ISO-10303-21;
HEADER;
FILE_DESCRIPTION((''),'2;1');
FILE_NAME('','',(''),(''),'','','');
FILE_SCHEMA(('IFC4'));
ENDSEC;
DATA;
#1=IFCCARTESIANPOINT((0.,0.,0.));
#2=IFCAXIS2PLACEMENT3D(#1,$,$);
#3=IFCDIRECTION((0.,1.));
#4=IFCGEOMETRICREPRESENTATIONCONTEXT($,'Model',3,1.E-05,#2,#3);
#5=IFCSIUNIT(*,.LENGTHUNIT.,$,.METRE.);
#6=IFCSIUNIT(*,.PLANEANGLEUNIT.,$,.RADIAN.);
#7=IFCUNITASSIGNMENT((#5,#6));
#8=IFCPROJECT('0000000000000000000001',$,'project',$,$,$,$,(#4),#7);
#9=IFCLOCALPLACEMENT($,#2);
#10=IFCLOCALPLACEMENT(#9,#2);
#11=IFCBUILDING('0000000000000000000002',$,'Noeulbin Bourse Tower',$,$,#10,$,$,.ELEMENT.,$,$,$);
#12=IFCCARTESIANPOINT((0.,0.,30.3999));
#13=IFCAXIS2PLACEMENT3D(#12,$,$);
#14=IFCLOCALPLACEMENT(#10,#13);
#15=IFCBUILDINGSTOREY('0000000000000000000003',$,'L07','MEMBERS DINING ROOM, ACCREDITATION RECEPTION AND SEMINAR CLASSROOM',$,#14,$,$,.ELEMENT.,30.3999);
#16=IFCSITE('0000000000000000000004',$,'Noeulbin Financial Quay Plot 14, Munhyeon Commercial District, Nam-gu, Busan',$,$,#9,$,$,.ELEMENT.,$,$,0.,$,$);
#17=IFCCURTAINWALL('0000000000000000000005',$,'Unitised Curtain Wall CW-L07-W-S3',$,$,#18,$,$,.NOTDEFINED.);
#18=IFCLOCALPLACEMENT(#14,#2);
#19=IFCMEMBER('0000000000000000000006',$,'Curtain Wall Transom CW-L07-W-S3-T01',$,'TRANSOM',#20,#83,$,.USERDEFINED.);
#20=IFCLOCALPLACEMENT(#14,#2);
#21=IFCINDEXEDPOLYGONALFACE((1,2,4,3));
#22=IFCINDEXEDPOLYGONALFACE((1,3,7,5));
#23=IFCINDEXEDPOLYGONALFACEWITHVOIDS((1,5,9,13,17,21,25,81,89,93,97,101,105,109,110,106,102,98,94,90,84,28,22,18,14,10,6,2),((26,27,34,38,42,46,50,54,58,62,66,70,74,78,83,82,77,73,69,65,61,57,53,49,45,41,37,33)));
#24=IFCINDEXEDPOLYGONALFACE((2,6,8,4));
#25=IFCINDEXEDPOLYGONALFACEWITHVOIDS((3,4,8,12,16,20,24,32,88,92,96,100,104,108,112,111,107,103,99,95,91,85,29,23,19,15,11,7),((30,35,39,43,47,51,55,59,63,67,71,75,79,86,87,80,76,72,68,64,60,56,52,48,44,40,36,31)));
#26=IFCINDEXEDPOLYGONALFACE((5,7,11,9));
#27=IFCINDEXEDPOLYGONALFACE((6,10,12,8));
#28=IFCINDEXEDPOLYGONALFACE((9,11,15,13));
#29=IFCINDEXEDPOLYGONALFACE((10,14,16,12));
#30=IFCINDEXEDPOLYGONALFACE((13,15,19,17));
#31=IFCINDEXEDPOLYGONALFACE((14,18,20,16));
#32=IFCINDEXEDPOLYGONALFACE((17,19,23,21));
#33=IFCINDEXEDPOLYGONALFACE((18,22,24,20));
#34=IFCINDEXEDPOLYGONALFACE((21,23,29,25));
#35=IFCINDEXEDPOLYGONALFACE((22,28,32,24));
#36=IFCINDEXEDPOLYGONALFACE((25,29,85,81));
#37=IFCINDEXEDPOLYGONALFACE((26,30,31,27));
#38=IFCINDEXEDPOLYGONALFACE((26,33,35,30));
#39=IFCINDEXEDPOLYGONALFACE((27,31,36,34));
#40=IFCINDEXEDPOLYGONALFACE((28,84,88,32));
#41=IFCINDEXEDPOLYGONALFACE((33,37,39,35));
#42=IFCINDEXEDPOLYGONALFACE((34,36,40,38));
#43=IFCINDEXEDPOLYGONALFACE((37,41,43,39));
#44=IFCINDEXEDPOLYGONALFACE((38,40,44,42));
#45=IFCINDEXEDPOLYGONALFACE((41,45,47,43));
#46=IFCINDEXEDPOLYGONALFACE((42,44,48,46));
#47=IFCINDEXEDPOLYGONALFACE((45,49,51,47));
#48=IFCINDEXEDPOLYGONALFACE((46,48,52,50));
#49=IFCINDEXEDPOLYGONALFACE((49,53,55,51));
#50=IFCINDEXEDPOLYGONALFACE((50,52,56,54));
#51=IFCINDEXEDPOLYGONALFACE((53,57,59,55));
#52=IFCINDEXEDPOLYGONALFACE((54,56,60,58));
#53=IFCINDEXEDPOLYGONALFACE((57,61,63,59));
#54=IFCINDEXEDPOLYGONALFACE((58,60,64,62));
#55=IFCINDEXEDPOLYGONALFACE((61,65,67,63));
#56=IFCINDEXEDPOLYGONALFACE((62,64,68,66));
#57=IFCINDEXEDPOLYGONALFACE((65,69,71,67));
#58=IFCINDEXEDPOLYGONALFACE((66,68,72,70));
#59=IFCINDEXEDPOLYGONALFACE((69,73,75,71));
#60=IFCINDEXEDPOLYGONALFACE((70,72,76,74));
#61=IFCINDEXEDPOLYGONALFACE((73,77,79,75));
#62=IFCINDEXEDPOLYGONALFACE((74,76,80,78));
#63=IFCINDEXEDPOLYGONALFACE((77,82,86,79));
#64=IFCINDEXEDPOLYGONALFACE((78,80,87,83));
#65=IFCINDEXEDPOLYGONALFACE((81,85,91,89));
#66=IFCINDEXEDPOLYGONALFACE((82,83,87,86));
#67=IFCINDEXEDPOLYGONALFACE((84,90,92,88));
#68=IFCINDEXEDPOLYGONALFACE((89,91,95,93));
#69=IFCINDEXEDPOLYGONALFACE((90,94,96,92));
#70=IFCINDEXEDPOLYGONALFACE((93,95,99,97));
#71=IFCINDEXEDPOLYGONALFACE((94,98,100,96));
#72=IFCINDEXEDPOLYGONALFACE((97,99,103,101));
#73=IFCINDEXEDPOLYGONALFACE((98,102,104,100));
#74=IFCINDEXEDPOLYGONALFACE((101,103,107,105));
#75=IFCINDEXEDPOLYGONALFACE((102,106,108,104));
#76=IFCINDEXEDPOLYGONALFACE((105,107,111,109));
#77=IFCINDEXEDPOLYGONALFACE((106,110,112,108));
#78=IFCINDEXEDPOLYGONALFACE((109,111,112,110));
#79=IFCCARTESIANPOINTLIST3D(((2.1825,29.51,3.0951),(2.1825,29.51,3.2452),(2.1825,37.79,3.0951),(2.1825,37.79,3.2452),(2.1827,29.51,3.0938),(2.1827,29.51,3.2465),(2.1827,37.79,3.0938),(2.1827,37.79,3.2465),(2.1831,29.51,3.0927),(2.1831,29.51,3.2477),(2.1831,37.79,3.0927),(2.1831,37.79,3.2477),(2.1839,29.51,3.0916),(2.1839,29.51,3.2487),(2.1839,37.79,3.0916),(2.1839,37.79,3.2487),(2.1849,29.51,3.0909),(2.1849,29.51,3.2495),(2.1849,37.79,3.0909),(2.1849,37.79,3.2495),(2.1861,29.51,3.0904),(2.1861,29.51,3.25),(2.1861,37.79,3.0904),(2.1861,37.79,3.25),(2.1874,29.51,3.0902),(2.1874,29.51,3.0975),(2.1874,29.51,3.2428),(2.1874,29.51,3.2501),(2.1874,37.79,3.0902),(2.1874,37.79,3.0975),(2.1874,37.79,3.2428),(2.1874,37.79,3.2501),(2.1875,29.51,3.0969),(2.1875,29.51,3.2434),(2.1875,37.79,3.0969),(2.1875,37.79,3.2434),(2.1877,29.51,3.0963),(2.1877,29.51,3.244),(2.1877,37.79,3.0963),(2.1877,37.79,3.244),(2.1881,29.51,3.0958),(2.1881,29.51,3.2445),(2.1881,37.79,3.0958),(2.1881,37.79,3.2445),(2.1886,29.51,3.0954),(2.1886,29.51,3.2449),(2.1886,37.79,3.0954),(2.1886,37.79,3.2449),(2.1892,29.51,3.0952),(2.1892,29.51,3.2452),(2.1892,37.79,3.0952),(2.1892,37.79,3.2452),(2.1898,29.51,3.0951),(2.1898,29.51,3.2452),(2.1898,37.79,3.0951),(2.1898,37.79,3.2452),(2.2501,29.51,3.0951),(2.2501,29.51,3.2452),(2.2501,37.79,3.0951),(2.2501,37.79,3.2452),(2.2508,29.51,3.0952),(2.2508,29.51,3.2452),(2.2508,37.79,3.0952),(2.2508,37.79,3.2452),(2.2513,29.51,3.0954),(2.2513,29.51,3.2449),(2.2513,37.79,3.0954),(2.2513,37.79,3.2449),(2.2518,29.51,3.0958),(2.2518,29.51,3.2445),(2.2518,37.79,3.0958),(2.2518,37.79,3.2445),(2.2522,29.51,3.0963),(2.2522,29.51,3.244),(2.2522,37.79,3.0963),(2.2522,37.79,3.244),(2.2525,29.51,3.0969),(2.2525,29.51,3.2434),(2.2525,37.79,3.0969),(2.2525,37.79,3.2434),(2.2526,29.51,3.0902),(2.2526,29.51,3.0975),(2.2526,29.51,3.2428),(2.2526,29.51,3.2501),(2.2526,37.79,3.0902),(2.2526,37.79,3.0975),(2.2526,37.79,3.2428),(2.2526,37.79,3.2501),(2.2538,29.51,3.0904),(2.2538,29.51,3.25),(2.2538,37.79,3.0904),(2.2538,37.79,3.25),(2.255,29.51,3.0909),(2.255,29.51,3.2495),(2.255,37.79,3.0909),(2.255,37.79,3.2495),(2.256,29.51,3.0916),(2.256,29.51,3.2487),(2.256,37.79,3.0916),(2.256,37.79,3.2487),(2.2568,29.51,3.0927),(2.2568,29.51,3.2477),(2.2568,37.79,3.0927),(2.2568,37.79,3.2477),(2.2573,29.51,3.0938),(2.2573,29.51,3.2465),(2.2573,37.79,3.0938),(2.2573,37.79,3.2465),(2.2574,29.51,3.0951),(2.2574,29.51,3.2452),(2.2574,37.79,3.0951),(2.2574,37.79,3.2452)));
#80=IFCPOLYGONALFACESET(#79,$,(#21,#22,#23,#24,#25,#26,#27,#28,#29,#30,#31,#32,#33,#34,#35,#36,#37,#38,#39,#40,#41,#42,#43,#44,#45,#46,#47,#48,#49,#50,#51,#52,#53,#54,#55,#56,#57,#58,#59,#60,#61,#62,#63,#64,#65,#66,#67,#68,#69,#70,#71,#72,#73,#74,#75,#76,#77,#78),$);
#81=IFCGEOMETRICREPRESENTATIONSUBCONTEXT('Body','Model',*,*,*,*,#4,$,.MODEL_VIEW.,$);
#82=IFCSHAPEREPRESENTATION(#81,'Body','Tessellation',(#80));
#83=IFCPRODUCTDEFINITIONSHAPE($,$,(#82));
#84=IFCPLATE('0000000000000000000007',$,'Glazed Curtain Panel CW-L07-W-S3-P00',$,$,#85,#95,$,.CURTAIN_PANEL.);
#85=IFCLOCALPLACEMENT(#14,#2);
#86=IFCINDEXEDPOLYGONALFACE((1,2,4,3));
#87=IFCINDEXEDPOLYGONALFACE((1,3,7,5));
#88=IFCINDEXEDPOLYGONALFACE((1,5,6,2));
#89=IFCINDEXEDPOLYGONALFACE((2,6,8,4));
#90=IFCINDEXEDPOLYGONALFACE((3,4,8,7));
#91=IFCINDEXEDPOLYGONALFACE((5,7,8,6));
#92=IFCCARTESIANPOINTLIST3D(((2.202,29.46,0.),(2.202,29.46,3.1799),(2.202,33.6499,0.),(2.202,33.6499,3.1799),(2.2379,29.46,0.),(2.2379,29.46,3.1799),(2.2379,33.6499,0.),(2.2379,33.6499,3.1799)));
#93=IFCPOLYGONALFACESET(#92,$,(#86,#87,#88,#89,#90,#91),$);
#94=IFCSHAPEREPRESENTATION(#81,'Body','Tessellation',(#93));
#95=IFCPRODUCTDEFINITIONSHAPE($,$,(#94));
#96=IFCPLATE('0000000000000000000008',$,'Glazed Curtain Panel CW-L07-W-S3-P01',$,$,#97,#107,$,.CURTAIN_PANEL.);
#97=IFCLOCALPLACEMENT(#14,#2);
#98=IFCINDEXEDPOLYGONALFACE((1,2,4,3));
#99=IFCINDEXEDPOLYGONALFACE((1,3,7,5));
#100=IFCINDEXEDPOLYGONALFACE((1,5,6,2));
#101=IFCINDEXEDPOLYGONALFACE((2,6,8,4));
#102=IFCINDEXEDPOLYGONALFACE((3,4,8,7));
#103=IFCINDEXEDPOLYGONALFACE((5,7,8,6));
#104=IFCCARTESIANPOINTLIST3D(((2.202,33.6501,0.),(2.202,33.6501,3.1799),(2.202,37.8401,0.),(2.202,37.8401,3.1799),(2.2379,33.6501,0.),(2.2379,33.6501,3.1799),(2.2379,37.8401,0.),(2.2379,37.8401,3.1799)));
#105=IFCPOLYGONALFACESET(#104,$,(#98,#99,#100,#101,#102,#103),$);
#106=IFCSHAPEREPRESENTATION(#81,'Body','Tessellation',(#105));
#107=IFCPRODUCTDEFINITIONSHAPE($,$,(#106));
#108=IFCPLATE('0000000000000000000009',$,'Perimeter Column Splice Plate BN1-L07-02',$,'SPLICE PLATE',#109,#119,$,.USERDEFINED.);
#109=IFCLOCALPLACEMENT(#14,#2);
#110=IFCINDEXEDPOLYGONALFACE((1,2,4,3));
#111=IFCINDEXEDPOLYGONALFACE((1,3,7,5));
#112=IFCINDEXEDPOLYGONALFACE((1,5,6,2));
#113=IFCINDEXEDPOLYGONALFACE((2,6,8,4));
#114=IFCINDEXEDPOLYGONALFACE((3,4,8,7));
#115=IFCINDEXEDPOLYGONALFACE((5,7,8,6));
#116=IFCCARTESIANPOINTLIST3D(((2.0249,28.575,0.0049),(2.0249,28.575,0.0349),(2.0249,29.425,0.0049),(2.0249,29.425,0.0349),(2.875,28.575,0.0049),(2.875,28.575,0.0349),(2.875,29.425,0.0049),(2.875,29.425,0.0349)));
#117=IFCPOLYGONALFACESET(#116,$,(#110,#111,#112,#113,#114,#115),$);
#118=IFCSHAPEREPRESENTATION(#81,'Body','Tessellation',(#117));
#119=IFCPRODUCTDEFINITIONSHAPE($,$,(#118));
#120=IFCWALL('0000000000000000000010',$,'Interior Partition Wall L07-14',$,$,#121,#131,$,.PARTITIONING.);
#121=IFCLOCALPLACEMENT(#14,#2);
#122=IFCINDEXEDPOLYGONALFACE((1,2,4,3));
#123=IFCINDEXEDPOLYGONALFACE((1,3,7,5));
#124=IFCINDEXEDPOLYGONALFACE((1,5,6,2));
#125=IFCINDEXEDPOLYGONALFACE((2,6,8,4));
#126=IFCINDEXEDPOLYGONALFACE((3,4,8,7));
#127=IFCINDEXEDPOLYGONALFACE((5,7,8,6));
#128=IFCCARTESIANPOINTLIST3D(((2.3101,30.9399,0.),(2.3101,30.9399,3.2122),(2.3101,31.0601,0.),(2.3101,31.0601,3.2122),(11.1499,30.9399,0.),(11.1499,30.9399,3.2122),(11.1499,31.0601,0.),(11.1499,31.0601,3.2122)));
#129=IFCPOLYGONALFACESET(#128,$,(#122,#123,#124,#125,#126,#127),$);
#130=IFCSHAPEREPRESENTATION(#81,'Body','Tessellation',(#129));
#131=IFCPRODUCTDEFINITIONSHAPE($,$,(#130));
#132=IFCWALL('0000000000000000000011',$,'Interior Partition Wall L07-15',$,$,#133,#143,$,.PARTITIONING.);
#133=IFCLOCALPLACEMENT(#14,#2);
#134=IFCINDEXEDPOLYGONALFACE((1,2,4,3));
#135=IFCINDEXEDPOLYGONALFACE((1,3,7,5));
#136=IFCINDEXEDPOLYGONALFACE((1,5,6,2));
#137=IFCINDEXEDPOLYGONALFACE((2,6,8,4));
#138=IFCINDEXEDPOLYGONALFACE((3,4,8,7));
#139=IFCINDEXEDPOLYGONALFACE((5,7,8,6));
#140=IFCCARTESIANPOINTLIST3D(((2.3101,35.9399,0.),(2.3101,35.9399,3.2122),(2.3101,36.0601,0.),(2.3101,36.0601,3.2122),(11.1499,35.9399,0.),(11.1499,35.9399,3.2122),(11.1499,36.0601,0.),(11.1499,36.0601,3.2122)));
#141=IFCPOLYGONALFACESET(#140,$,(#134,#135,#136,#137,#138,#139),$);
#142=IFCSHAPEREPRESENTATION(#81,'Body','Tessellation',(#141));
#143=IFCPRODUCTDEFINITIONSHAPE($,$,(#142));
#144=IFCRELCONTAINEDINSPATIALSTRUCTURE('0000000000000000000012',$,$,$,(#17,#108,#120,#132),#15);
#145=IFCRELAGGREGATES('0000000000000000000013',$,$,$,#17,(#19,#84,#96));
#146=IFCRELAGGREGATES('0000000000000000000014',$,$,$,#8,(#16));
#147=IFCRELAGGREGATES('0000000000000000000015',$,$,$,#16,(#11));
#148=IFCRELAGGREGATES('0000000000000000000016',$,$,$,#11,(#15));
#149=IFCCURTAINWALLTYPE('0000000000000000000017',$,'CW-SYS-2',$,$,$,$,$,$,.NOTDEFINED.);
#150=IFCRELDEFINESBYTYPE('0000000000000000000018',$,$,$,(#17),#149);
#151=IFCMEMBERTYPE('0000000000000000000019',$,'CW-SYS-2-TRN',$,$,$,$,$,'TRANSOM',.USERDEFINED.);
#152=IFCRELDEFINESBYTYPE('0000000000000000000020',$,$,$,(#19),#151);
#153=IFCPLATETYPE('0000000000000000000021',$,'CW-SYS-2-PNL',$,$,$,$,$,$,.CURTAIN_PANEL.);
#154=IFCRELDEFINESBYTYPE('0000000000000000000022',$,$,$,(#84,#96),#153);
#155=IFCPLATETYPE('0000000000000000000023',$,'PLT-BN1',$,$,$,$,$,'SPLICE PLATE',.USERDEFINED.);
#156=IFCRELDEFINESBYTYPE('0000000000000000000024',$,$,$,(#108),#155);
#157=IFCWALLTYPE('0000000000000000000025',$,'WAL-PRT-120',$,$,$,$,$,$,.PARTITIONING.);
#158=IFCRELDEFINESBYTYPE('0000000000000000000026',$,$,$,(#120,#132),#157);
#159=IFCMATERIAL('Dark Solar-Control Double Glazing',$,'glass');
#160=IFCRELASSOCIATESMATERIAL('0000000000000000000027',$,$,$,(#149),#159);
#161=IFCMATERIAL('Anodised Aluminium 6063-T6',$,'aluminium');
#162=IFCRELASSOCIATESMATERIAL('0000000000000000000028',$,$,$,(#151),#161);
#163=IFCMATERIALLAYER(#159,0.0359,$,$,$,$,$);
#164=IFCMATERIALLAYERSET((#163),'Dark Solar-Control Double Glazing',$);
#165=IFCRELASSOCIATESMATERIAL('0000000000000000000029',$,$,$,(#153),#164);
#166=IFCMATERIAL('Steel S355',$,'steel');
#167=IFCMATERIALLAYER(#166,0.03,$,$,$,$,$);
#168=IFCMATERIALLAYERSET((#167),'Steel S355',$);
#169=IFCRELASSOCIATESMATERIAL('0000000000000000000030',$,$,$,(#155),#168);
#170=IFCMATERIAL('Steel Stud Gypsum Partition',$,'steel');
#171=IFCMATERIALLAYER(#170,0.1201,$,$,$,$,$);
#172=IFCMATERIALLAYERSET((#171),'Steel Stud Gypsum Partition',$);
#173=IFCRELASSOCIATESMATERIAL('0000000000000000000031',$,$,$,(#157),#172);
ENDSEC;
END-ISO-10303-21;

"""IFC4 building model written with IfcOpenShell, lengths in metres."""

from ifc_helpers import new_model, si_unit, direction, frame, frame_2d, origin, origin_2d, place, context, subcontext, project, spatial, rectangle, hollow_rectangle, extrude, material, layer, layer_set, material_profile, profile_set, type_object, element, aggregate, save


model = new_model("IFC4")

# Units and contexts
model_context = context("Model", 3, precision=1e-05, world=origin(), true_north=direction((0.0, 1.0)))
body_context = subcontext(model_context, "Body", "Model", "MODEL_VIEW")
ifc_project = project(units=[si_unit("LENGTHUNIT", "METRE"), si_unit("PLANEANGLEUNIT", "RADIAN")], contexts=[model_context])

# Site, building, storey
site_placement = place(None, origin())
site = spatial("IfcSite", under=ifc_project, at=site_placement, Name="Noeulbin Financial Quay Plot 14, Munhyeon Commercial District, Nam-gu, Busan", CompositionType="ELEMENT", RefElevation=0.0)
building_placement = place(site_placement, origin())
building = spatial("IfcBuilding", under=site, at=building_placement, Name="Noeulbin Bourse Tower", CompositionType="ELEMENT")
storey_placement = place(building_placement, frame((0.0, 0.0, 30.3999)))
storey = spatial("IfcBuildingStorey", under=building, at=storey_placement, Name="L07", Description="MEMBERS DINING ROOM, ACCREDITATION RECEPTION AND SEMINAR CLASSROOM", CompositionType="ELEMENT", Elevation=30.3999)

# Shared definitions
ifc_material_1 = material(Name="Steel S355", Category="steel")

# Shared definitions
ifc_material_2 = material(Name="Dark Solar-Control Double Glazing", Category="glass")
curtain_wall_type = type_object("IfcCurtainWallType", Name="CW-SYS-2", PredefinedType="NOTDEFINED", material=ifc_material_2)
ifc_material_3 = material(Name="Anodised Aluminium 6063-T6", Category="aluminium")

# Curtain wall, member, plates
curtain_wall_1_placement = place(storey_placement, origin())
curtain_wall_1 = element("IfcCurtainWall", 1, at=curtain_wall_1_placement, inside=storey, type_object=curtain_wall_type, Name="Unitised Curtain Wall CW-L07-W-S3", PredefinedType="NOTDEFINED")
ifc_material_profile_1 = material_profile(ifc_material_3, hollow_rectangle(XDim=0.075, YDim=0.1599, WallThickness=0.0049, InnerFilletRadius=0.0024, OuterFilletRadius=0.0049, at=origin_2d()), Name="ALU-TRAN-75x160x5", Category="LoadBearing")
ifc_profile_set_1 = profile_set([ifc_material_profile_1], Name="Anodised Aluminium 6063-T6")
member_type_1 = type_object("IfcMemberType", Name="CW-SYS-2-TRN", ElementType="TRANSOM", PredefinedType="USERDEFINED", material=ifc_profile_set_1)
member_1_placement = place(storey_placement, frame((2.22, 29.51, 3.1702), z_axis=(0.0, 1.0, 0.0), x_axis=(-1.0, 0.0, 0.0)))
member_1 = element("IfcMember", 2, at=member_1_placement, type_object=member_type_1, Name="Curtain Wall Transom CW-L07-W-S3-T01", ObjectType="TRANSOM", PredefinedType="USERDEFINED", context=body_context, shape_type="SweptSolid", body=[
    extrude(hollow_rectangle(XDim=0.075, YDim=0.1599, WallThickness=0.0049, InnerFilletRadius=0.0024, OuterFilletRadius=0.0049, at=origin_2d()), origin(), (0.0, 0.0, 1.0), 8.28),
])
ifc_layer_1 = layer(ifc_material_2, 0.0359)
ifc_layer_set_1 = layer_set([ifc_layer_1], Name="Dark Solar-Control Double Glazing")
plate_type_1 = type_object("IfcPlateType", Name="CW-SYS-2-PNL", PredefinedType="CURTAIN_PANEL", material=ifc_layer_set_1)
plate_1_placement = place(storey_placement, frame((2.22, 31.5549, 0.0), z_axis=(0.0, 0.0, 1.0), x_axis=(0.0, 1.0, 0.0)))
plate_1 = element("IfcPlate", 3, at=plate_1_placement, type_object=plate_type_1, Name="Glazed Curtain Panel CW-L07-W-S3-P00", PredefinedType="CURTAIN_PANEL", context=body_context, shape_type="SweptSolid", body=[
    extrude(rectangle(XDim=4.1899, YDim=0.0359, at=origin_2d()), origin(), (0.0, 0.0, 1.0), 3.1799),
])
plate_2_placement = place(storey_placement, frame((2.22, 35.7451, 0.0), z_axis=(0.0, 0.0, 1.0), x_axis=(0.0, 1.0, 0.0)))
plate_2 = element("IfcPlate", 4, at=plate_2_placement, type_object=plate_type_1, Name="Glazed Curtain Panel CW-L07-W-S3-P01", PredefinedType="CURTAIN_PANEL", context=body_context, shape_type="SweptSolid", body=[
    extrude(rectangle(XDim=4.1899, YDim=0.0359, at=origin_2d()), origin(), (0.0, 0.0, 1.0), 3.1799),
])
aggregate(curtain_wall_1, [member_1, plate_1, plate_2])

# Plate
ifc_layer_2 = layer(ifc_material_1, 0.03)
ifc_layer_set_2 = layer_set([ifc_layer_2], Name="Steel S355")
plate_type_2 = type_object("IfcPlateType", Name="PLT-BN1", ElementType="SPLICE PLATE", PredefinedType="USERDEFINED", material=ifc_layer_set_2)
plate_3_placement = place(storey_placement, frame((2.45, 29.0, 0.0049), z_axis=(0.0, 0.0, 1.0), x_axis=(1.0, 0.0, 0.0)))
element("IfcPlate", 5, at=plate_3_placement, inside=storey, type_object=plate_type_2, Name="Perimeter Column Splice Plate BN1-L07-02", ObjectType="SPLICE PLATE", PredefinedType="USERDEFINED", context=body_context, shape_type="SweptSolid", body=[
    extrude(rectangle(XDim=0.8501, YDim=0.8501, at=origin_2d()), origin(), (0.0, 0.0, 1.0), 0.03),
])

# Walls
ifc_material_4 = material(Name="Steel Stud Gypsum Partition", Category="steel")
ifc_layer_3 = layer(ifc_material_4, 0.1201)
ifc_layer_set_3 = layer_set([ifc_layer_3], Name="Steel Stud Gypsum Partition")
wall_type = type_object("IfcWallType", Name="WAL-PRT-120", PredefinedType="PARTITIONING", material=ifc_layer_set_3)
for number, where, z_axis, x_axis, name in (
    (6, (2.3101, 31.0, 0.0), (0.0, 0.0, 1.0), (1.0, 0.0, 0.0), "Interior Partition Wall L07-14"),
    (7, (2.3101, 36.0, 0.0), (0.0, 0.0, 1.0), (1.0, 0.0, 0.0), "Interior Partition Wall L07-15"),
):
    element("IfcWall", number, at=place(storey_placement, frame(where, z_axis=z_axis, x_axis=x_axis)), inside=storey, type_object=wall_type, Name=name, PredefinedType="PARTITIONING", context=body_context, shape_type="SweptSolid", body=[
        extrude(rectangle(XDim=8.8398, YDim=0.1201, at=frame_2d((4.4199, 0.0))), origin(), (0.0, 0.0, 1.0), 3.2122),
    ])

save(model, "model.ifc")
